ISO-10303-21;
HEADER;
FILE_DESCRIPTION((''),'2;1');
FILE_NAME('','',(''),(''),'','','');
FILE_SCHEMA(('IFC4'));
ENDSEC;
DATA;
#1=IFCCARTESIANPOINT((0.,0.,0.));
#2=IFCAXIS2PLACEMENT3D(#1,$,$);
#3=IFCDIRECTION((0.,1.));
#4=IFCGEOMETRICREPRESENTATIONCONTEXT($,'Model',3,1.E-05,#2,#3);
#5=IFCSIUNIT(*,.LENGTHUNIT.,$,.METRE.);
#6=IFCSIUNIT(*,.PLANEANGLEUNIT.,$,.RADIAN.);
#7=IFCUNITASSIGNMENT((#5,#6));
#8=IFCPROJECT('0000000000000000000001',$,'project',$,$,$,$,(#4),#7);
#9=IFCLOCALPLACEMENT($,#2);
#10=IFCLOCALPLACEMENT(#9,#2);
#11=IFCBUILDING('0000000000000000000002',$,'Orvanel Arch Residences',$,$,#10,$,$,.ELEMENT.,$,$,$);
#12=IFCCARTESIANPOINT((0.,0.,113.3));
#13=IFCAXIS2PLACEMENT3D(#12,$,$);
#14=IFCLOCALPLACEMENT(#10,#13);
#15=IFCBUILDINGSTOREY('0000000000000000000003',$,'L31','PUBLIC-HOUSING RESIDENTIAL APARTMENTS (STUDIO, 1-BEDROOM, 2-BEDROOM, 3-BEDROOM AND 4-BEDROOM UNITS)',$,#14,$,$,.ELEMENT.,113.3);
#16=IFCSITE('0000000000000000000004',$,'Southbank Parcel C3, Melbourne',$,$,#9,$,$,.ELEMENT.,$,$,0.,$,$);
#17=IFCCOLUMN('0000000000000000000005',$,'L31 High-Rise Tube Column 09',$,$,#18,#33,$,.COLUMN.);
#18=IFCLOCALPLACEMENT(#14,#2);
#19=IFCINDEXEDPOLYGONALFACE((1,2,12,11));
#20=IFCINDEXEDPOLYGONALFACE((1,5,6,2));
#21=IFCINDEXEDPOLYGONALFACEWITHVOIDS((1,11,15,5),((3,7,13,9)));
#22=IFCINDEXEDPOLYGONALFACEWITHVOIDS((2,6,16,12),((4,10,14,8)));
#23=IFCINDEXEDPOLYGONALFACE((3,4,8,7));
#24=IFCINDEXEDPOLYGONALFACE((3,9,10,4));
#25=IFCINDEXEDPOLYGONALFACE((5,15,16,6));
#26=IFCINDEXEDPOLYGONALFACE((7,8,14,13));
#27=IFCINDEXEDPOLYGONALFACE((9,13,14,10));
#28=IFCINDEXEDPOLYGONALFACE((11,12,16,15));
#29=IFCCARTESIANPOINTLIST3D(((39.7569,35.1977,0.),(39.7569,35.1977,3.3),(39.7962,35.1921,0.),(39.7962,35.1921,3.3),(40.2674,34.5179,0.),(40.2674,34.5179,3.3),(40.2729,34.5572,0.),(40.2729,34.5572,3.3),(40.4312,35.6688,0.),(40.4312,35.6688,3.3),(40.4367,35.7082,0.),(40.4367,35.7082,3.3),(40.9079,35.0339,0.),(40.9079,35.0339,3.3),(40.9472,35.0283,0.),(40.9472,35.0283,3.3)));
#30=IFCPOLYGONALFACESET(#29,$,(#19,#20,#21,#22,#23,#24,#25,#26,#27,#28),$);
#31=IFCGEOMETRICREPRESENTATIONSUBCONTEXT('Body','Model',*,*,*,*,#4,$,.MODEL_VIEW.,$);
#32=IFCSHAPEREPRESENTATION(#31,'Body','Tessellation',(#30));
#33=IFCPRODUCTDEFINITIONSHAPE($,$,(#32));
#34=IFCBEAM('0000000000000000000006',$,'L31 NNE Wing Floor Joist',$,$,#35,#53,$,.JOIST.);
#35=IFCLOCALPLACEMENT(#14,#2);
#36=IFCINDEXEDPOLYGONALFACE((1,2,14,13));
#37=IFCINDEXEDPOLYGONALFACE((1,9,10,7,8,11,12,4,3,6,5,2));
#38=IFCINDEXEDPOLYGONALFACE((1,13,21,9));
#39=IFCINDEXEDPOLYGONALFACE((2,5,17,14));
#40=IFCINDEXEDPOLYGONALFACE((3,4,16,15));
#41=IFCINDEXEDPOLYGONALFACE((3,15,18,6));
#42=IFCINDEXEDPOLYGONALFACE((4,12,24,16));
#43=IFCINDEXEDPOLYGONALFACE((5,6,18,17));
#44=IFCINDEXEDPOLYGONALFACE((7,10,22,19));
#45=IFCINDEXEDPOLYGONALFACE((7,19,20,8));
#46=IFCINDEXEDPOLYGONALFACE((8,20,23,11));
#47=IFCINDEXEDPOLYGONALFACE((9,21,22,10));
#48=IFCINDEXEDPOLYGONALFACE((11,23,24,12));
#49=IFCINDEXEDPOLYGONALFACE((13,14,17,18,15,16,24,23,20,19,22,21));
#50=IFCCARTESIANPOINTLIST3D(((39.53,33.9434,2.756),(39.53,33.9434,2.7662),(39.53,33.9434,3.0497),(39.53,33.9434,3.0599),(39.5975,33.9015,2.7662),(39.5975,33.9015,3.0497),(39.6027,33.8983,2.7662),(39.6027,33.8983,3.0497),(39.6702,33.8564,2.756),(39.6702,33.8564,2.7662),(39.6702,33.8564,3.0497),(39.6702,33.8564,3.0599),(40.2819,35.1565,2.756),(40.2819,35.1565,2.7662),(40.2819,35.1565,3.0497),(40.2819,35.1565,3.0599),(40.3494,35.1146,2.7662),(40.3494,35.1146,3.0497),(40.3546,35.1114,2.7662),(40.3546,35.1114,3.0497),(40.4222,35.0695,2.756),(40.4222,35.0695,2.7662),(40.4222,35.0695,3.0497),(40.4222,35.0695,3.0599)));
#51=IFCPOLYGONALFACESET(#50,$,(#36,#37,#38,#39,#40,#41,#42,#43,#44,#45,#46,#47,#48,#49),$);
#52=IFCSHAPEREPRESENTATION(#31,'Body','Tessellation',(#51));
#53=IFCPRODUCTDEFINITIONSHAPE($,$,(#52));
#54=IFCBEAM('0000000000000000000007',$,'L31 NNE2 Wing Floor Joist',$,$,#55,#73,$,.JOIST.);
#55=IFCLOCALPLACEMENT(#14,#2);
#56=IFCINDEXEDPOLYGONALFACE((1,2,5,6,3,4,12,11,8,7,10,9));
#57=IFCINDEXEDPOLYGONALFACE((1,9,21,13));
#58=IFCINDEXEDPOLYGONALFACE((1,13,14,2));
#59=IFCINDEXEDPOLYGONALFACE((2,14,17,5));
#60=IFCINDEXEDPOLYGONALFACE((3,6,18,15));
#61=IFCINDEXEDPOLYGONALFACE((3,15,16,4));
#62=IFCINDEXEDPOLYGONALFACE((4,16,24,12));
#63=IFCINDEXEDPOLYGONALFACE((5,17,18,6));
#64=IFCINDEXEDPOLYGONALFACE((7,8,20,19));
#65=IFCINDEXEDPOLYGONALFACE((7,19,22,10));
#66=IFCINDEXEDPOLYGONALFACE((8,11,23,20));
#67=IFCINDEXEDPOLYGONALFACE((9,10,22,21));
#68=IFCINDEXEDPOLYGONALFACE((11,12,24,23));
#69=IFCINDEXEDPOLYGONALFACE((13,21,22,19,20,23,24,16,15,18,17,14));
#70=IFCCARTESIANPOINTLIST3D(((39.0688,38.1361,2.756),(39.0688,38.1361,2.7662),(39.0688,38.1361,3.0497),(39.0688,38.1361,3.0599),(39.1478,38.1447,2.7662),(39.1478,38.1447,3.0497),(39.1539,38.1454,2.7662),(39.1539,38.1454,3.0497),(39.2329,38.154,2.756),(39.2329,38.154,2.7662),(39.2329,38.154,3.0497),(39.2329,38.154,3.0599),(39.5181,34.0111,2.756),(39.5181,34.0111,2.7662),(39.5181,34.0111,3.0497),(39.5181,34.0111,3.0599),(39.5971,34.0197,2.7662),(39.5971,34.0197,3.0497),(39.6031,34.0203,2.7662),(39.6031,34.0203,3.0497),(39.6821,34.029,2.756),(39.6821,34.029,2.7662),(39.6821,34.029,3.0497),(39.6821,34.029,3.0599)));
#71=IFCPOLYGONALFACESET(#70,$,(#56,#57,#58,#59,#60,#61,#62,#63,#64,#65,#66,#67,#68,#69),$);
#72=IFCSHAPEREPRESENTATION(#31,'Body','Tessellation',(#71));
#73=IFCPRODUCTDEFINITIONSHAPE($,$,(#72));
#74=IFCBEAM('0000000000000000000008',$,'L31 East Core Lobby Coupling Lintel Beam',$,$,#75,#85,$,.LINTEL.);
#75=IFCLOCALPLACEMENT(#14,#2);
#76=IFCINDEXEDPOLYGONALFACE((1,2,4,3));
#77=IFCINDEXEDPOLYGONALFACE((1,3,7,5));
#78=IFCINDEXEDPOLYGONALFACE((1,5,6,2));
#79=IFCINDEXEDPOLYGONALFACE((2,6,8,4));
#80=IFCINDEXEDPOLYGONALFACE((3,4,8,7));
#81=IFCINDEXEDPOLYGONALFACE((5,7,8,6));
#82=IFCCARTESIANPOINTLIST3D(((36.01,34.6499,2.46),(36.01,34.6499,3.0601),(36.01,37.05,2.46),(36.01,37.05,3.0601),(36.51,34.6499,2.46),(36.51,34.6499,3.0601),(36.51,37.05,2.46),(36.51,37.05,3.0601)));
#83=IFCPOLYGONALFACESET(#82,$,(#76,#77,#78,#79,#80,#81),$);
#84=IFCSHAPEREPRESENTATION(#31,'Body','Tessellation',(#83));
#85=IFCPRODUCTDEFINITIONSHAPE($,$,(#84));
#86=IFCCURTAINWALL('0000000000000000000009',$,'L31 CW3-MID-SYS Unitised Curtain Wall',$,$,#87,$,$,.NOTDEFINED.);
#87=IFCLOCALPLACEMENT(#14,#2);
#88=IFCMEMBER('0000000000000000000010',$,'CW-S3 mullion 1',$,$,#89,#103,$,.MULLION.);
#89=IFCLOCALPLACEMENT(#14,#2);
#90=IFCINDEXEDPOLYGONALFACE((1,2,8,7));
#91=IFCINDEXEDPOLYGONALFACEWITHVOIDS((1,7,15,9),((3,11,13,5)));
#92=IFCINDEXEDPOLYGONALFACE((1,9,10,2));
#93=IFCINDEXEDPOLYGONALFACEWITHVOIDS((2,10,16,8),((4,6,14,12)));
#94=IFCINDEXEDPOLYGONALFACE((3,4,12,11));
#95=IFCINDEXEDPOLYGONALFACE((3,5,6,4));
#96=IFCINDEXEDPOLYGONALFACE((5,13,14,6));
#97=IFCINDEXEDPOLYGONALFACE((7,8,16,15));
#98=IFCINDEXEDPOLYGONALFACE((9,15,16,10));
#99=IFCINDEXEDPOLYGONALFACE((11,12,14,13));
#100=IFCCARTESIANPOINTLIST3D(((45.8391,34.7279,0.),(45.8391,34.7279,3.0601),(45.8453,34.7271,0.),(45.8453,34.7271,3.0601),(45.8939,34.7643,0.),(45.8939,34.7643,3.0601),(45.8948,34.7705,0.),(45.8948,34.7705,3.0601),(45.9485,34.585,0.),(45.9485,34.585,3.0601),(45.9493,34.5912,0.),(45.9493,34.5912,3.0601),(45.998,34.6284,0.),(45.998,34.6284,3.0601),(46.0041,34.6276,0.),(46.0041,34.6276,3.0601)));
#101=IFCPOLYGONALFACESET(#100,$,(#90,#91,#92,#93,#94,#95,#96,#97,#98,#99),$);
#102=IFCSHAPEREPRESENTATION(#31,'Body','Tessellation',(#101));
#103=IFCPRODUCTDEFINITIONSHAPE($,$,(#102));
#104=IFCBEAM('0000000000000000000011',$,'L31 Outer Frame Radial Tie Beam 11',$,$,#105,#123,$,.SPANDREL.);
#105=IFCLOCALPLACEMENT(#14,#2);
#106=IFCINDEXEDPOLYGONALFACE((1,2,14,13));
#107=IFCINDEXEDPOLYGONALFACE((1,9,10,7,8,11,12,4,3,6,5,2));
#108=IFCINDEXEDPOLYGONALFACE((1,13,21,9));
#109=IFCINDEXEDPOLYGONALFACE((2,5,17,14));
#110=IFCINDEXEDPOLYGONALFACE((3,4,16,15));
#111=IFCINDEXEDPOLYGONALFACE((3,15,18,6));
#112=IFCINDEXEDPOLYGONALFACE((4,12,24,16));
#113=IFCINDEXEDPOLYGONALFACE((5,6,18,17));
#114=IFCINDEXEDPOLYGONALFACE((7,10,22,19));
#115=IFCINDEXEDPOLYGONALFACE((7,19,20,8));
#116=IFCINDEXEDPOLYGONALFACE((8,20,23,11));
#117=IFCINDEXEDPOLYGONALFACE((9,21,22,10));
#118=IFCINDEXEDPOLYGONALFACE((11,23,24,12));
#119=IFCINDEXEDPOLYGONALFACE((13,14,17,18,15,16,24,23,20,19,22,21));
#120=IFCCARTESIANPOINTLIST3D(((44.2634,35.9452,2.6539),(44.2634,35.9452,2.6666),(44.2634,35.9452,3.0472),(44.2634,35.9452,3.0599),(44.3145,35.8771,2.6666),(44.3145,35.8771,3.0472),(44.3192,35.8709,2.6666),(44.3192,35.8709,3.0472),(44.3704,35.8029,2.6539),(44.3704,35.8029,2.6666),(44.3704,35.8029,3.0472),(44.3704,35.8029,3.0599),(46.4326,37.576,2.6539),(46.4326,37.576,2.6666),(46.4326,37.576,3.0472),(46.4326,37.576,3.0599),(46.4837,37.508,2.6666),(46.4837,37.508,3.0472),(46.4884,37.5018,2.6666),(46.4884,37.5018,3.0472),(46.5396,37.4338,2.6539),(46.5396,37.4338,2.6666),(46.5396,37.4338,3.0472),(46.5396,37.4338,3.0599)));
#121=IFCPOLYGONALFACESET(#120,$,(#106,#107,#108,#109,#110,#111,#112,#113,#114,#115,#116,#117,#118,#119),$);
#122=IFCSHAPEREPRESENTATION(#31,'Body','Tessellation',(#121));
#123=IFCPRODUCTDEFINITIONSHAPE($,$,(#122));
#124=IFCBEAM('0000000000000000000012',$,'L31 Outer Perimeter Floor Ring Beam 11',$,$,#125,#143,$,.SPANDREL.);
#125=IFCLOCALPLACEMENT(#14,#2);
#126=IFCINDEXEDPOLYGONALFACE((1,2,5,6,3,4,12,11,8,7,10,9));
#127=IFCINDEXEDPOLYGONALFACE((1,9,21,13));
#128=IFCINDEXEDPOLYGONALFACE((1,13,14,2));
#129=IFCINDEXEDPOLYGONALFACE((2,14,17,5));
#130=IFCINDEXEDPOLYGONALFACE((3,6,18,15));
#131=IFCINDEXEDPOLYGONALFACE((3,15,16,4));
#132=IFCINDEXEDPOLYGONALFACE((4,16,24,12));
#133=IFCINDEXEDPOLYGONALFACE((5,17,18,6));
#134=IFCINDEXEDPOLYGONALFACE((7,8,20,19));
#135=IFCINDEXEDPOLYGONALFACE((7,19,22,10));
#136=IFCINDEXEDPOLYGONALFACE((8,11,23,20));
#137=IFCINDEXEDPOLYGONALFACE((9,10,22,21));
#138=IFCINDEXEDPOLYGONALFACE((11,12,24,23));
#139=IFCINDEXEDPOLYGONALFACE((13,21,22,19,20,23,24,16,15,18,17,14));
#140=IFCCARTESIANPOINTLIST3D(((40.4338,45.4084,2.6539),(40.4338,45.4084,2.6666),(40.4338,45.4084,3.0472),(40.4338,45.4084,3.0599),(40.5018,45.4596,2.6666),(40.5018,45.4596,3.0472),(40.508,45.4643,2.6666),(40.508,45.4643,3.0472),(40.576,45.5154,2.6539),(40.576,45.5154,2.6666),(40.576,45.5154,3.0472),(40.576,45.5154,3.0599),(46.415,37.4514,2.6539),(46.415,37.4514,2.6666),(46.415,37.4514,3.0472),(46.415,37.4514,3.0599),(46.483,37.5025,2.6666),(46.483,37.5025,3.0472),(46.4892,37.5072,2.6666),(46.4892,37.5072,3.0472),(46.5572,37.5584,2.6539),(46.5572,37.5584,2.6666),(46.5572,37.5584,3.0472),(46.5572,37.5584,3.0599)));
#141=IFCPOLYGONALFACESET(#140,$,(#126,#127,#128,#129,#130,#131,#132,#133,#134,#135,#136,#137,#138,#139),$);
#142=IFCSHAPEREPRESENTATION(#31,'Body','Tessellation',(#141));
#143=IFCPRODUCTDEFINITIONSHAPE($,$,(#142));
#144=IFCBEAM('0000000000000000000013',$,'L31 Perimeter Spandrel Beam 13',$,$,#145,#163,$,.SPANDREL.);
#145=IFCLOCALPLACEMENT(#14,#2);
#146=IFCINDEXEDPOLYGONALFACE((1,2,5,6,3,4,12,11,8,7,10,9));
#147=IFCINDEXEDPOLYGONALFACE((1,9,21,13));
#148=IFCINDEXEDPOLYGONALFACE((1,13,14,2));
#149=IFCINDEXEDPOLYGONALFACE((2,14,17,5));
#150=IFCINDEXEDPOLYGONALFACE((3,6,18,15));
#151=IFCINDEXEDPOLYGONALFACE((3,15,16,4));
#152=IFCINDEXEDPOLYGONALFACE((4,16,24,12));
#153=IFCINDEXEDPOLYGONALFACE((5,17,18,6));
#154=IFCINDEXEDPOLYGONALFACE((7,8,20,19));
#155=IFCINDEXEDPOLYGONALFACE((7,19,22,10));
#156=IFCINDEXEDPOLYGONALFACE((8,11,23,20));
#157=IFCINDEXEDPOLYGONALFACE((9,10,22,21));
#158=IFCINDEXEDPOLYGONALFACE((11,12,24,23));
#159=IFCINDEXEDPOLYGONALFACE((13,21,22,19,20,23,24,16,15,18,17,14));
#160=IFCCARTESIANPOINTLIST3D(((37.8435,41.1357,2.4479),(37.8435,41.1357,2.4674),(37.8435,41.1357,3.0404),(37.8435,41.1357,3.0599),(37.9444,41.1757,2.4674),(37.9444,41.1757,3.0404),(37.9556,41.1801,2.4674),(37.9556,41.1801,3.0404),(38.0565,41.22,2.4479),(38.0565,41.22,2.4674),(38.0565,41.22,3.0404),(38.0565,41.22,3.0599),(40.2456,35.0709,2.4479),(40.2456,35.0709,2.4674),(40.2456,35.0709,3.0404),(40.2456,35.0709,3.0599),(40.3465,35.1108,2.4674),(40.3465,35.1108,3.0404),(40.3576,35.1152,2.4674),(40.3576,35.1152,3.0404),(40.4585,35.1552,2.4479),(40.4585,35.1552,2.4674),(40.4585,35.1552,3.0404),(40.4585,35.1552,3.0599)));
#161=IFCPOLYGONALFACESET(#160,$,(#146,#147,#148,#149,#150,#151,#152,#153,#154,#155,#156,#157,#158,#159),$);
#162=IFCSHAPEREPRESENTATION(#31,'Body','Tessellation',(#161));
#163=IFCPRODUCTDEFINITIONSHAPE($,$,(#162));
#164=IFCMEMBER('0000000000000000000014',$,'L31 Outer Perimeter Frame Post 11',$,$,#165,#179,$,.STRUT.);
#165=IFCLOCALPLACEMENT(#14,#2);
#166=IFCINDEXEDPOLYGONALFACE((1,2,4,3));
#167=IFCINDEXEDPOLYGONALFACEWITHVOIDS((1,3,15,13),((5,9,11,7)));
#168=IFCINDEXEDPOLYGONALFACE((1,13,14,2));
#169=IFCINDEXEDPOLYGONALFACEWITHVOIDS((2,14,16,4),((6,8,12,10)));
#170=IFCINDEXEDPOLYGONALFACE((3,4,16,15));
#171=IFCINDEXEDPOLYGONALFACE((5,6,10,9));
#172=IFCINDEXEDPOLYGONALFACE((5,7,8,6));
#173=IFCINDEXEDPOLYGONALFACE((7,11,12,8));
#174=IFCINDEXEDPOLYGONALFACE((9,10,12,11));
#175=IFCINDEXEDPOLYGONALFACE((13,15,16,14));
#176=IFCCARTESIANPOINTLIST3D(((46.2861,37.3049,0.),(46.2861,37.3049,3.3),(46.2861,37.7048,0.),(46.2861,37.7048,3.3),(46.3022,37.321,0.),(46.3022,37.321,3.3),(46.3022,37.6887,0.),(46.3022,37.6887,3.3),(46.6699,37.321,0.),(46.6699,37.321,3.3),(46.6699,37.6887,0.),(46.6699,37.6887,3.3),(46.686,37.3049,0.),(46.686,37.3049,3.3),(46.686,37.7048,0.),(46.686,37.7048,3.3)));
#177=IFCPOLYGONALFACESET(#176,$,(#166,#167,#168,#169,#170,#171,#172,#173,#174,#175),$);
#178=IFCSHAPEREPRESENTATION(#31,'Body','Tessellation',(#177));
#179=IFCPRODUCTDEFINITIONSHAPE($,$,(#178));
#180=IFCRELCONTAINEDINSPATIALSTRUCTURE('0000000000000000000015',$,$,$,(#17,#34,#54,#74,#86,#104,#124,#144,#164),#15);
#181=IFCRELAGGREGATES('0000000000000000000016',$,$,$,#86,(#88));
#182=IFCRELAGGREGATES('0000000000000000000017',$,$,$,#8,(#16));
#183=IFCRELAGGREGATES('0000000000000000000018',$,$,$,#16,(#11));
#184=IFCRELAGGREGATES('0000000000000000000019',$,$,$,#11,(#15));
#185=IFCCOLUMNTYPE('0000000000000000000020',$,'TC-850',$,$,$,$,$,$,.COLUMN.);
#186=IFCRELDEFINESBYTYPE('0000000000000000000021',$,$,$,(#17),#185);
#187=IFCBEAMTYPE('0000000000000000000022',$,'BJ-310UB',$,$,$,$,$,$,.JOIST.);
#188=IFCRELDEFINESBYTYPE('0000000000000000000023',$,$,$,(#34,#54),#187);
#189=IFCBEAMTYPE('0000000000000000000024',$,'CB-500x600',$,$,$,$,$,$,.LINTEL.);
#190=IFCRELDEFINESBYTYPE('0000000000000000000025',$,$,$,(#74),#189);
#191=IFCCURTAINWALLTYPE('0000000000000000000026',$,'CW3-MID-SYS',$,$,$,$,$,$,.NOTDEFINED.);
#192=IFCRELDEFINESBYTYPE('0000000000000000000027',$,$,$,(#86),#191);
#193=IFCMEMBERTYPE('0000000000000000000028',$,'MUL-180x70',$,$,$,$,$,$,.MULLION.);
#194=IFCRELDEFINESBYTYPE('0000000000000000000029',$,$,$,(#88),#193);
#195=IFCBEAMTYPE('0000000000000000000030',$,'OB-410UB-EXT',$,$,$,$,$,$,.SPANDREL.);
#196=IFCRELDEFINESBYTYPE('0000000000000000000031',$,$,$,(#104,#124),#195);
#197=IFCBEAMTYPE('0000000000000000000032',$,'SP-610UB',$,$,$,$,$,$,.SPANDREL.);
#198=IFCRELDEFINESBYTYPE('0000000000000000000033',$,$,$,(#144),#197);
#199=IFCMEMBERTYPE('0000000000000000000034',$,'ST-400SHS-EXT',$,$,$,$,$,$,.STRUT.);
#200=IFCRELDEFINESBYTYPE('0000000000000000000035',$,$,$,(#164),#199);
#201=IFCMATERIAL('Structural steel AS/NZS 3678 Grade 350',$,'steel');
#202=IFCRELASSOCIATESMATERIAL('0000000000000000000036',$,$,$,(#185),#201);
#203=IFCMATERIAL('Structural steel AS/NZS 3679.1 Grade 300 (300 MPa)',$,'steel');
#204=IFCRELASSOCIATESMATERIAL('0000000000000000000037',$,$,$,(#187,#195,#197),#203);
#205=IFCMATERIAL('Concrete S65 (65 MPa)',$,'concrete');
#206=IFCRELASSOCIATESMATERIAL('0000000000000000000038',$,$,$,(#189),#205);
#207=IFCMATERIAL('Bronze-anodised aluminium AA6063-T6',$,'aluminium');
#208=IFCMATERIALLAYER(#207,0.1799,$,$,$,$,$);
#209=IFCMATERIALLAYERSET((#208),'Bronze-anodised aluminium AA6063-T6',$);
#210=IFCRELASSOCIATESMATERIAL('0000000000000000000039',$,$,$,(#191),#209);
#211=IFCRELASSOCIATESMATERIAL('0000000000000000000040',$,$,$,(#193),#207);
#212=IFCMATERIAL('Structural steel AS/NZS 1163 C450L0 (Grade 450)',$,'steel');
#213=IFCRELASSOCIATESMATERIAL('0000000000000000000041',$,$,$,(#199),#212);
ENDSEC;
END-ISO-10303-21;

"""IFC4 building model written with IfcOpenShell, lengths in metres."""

from ifc_helpers import new_model, si_unit, direction, frame, origin, origin_2d, place, context, subcontext, project, spatial, rectangle, hollow_rectangle, i_section, extrude, material, layer, layer_set, material_profile, profile_set, type_object, element, aggregate, save


model = new_model("IFC4")

# Units and contexts
model_context = context("Model", 3, precision=1e-05, world=origin(), true_north=direction((0.0, 1.0)))
body_context = subcontext(model_context, "Body", "Model", "MODEL_VIEW")
ifc_project = project(units=[si_unit("LENGTHUNIT", "METRE"), si_unit("PLANEANGLEUNIT", "RADIAN")], contexts=[model_context])

# Site, building, storey
site_placement = place(None, origin())
site = spatial("IfcSite", under=ifc_project, at=site_placement, Name="Southbank Parcel C3, Melbourne", CompositionType="ELEMENT", RefElevation=0.0)
building_placement = place(site_placement, origin())
building = spatial("IfcBuilding", under=site, at=building_placement, Name="Orvanel Arch Residences", CompositionType="ELEMENT")
storey_placement = place(building_placement, frame((0.0, 0.0, 113.3)))
storey = spatial("IfcBuildingStorey", under=building, at=storey_placement, Name="L31", Description="PUBLIC-HOUSING RESIDENTIAL APARTMENTS (STUDIO, 1-BEDROOM, 2-BEDROOM, 3-BEDROOM AND 4-BEDROOM UNITS)", CompositionType="ELEMENT", Elevation=113.3)

# Column
ifc_material_1 = material(Name="Structural steel AS/NZS 3678 Grade 350", Category="steel")
ifc_material_profile_1 = material_profile(ifc_material_1, hollow_rectangle(XDim=0.8501, YDim=0.8501, WallThickness=0.0281, at=origin_2d()), Name="BOX850x850x28")
ifc_profile_set_1 = profile_set([ifc_material_profile_1], Name="Structural steel AS/NZS 3678 Grade 350")
column_type = type_object("IfcColumnType", Name="TC-850", PredefinedType="COLUMN", material=ifc_profile_set_1)
column_placement = place(storey_placement, frame((40.3521, 35.113, 0.0), z_axis=(0.0, 0.0, 1.0), x_axis=(-0.60042, 0.799685, 0.0)))
element("IfcColumn", 1, at=column_placement, inside=storey, type_object=column_type, Name="L31 High-Rise Tube Column 09", PredefinedType="COLUMN", context=body_context, shape_type="SweptSolid", body=[
    extrude(hollow_rectangle(XDim=0.8501, YDim=0.8501, WallThickness=0.0281, at=origin_2d()), origin(), (0.0, 0.0, 1.0), 3.3),
])

# Beams
ifc_material_2 = material(Name="Structural steel AS/NZS 3679.1 Grade 300 (300 MPa)", Category="steel")
ifc_material_profile_2 = material_profile(ifc_material_2, i_section(OverallWidth=0.165, OverallDepth=0.304, WebThickness=0.0061, FlangeThickness=0.0103, at=origin_2d()), Name="310UB40.4")
ifc_profile_set_2 = profile_set([ifc_material_profile_2], Name="Structural steel AS/NZS 3679.1 Grade 300 (300 MPa)")
beam_type_1 = type_object("IfcBeamType", Name="BJ-310UB", PredefinedType="JOIST", material=ifc_profile_set_2)
beam_1_placement = place(storey_placement, frame((39.6001, 33.8999, 2.908), z_axis=(0.526843, 0.849962, 0.0), x_axis=(-0.849962, 0.526843, 0.0)))
element("IfcBeam", 2, at=beam_1_placement, inside=storey, type_object=beam_type_1, Name="L31 NNE Wing Floor Joist", PredefinedType="JOIST", context=body_context, shape_type="SweptSolid", body=[
    extrude(i_section(OverallWidth=0.165, OverallDepth=0.304, WebThickness=0.0061, FlangeThickness=0.0103, at=origin_2d()), origin(), (0.0, 0.0, 1.0), 1.4272),
])
beam_2_placement = place(storey_placement, frame((39.6001, 34.02, 2.908), z_axis=(-0.108261, 0.994122, 0.0), x_axis=(-0.994122, -0.108261, 0.0)))
element("IfcBeam", 3, at=beam_2_placement, inside=storey, type_object=beam_type_1, Name="L31 NNE2 Wing Floor Joist", PredefinedType="JOIST", context=body_context, shape_type="SweptSolid", body=[
    extrude(i_section(OverallWidth=0.165, OverallDepth=0.304, WebThickness=0.0061, FlangeThickness=0.0103, at=origin_2d()), origin(), (0.0, 0.0, 1.0), 4.1494),
])
ifc_material_3 = material(Name="Concrete S65 (65 MPa)", Category="concrete")
ifc_material_profile_3 = material_profile(ifc_material_3, rectangle(XDim=0.5, YDim=0.6001, at=origin_2d()), Name="RC500x600")
ifc_profile_set_3 = profile_set([ifc_material_profile_3], Name="Concrete S65 (65 MPa)")
beam_type_2 = type_object("IfcBeamType", Name="CB-500x600", PredefinedType="LINTEL", material=ifc_profile_set_3)
beam_3_placement = place(storey_placement, frame((36.26, 34.6499, 2.76), z_axis=(0.0, 1.0, 0.0), x_axis=(-1.0, 0.0, 0.0)))
element("IfcBeam", 4, at=beam_3_placement, inside=storey, type_object=beam_type_2, Name="L31 East Core Lobby Coupling Lintel Beam", PredefinedType="LINTEL", context=body_context, shape_type="SweptSolid", body=[
    extrude(rectangle(XDim=0.5, YDim=0.6001, at=origin_2d()), origin(), (0.0, 0.0, 1.0), 2.4001),
])

# Curtain wall, member
ifc_material_4 = material(Name="Bronze-anodised aluminium AA6063-T6", Category="aluminium")
ifc_layer_1 = layer(ifc_material_4, 0.1799)
ifc_layer_set_1 = layer_set([ifc_layer_1], Name="Bronze-anodised aluminium AA6063-T6")
curtain_wall_type = type_object("IfcCurtainWallType", Name="CW3-MID-SYS", PredefinedType="NOTDEFINED", material=ifc_layer_set_1)
curtain_wall_placement = place(storey_placement, origin())
curtain_wall = element("IfcCurtainWall", 5, at=curtain_wall_placement, inside=storey, type_object=curtain_wall_type, Name="L31 CW3-MID-SYS Unitised Curtain Wall", PredefinedType="NOTDEFINED")
ifc_material_profile_4 = material_profile(ifc_material_4, hollow_rectangle(XDim=0.0701, YDim=0.1799, WallThickness=0.0044, at=origin_2d()), Name="ALU180x70x4.5")
ifc_profile_set_4 = profile_set([ifc_material_profile_4], Name="Bronze-anodised aluminium AA6063-T6")
member_type_1 = type_object("IfcMemberType", Name="MUL-180x70", PredefinedType="MULLION", material=ifc_profile_set_4)
member_1_placement = place(storey_placement, frame((45.9216, 34.6777, 0.0), z_axis=(0.0, 0.0, 1.0), x_axis=(-0.79401, -0.607905, 0.0)))
member_1 = element("IfcMember", 6, at=member_1_placement, type_object=member_type_1, Name="CW-S3 mullion 1", PredefinedType="MULLION", context=body_context, shape_type="SweptSolid", body=[
    extrude(hollow_rectangle(XDim=0.0701, YDim=0.1799, WallThickness=0.0044, at=origin_2d()), origin(), (0.0, 0.0, 1.0), 3.0601),
])

# Beams
ifc_material_profile_5 = material_profile(ifc_material_2, i_section(OverallWidth=0.178, OverallDepth=0.406, WebThickness=0.0078, FlangeThickness=0.0127, at=origin_2d()), Name="410UB59.7")
ifc_profile_set_5 = profile_set([ifc_material_profile_5], Name="Structural steel AS/NZS 3679.1 Grade 300 (300 MPa)")
beam_type_3 = type_object("IfcBeamType", Name="OB-410UB-EXT", PredefinedType="SPANDREL", material=ifc_profile_set_5)
beam_4_placement = place(storey_placement, frame((44.3169, 35.874, 2.8569), z_axis=(0.799298, 0.600935, 0.0), x_axis=(-0.600935, 0.799298, 0.0)))
element("IfcBeam", 7, at=beam_4_placement, inside=storey, type_object=beam_type_3, Name="L31 Outer Frame Radial Tie Beam 11", PredefinedType="SPANDREL", context=body_context, shape_type="SweptSolid", body=[
    extrude(i_section(OverallWidth=0.178, OverallDepth=0.406, WebThickness=0.0078, FlangeThickness=0.0127, at=origin_2d()), origin(), (0.0, 0.0, 1.0), 2.7139),
])
beam_5_placement = place(storey_placement, frame((46.4861, 37.5049, 2.8569), z_axis=(-0.600863, 0.799352, 0.0), x_axis=(-0.799352, -0.600863, 0.0)))
element("IfcBeam", 8, at=beam_5_placement, inside=storey, type_object=beam_type_3, Name="L31 Outer Perimeter Floor Ring Beam 11", PredefinedType="SPANDREL", context=body_context, shape_type="SweptSolid", body=[
    extrude(i_section(OverallWidth=0.178, OverallDepth=0.406, WebThickness=0.0078, FlangeThickness=0.0127, at=origin_2d()), origin(), (0.0, 0.0, 1.0), 9.9543),
])
ifc_material_profile_6 = material_profile(ifc_material_2, i_section(OverallWidth=0.229, OverallDepth=0.6121, WebThickness=0.012, FlangeThickness=0.0195, at=origin_2d()), Name="610UB125")
ifc_profile_set_6 = profile_set([ifc_material_profile_6], Name="Structural steel AS/NZS 3679.1 Grade 300 (300 MPa)")
beam_type_4 = type_object("IfcBeamType", Name="SP-610UB", PredefinedType="SPANDREL", material=ifc_profile_set_6)
beam_6_placement = place(storey_placement, frame((40.3521, 35.113, 2.7539), z_axis=(-0.368233, 0.929733, 0.0), x_axis=(-0.929733, -0.368233, 0.0)))
element("IfcBeam", 9, at=beam_6_placement, inside=storey, type_object=beam_type_4, Name="L31 Perimeter Spandrel Beam 13", PredefinedType="SPANDREL", context=body_context, shape_type="SweptSolid", body=[
    extrude(i_section(OverallWidth=0.229, OverallDepth=0.6121, WebThickness=0.012, FlangeThickness=0.0195, at=origin_2d()), origin(), (0.0, 0.0, 1.0), 6.5232),
])

# Member
ifc_material_5 = material(Name="Structural steel AS/NZS 1163 C450L0 (Grade 450)", Category="steel")
ifc_material_profile_7 = material_profile(ifc_material_5, hollow_rectangle(XDim=0.3999, YDim=0.3999, WallThickness=0.0161, at=origin_2d()), Name="SHS400x400x16")
ifc_profile_set_7 = profile_set([ifc_material_profile_7], Name="Structural steel AS/NZS 1163 C450L0 (Grade 450)")
member_type_2 = type_object("IfcMemberType", Name="ST-400SHS-EXT", PredefinedType="STRUT", material=ifc_profile_set_7)
member_2_placement = place(storey_placement, frame((46.4861, 37.5049, 0.0), z_axis=(0.0, 0.0, 1.0), x_axis=(1.0, 0.0, 0.0)))
element("IfcMember", 10, at=member_2_placement, inside=storey, type_object=member_type_2, Name="L31 Outer Perimeter Frame Post 11", PredefinedType="STRUT", context=body_context, shape_type="SweptSolid", body=[
    extrude(hollow_rectangle(XDim=0.3999, YDim=0.3999, WallThickness=0.0161, at=origin_2d()), origin(), (0.0, 0.0, 1.0), 3.3),
])

aggregate(curtain_wall, [member_1])

save(model, "model.ifc")
